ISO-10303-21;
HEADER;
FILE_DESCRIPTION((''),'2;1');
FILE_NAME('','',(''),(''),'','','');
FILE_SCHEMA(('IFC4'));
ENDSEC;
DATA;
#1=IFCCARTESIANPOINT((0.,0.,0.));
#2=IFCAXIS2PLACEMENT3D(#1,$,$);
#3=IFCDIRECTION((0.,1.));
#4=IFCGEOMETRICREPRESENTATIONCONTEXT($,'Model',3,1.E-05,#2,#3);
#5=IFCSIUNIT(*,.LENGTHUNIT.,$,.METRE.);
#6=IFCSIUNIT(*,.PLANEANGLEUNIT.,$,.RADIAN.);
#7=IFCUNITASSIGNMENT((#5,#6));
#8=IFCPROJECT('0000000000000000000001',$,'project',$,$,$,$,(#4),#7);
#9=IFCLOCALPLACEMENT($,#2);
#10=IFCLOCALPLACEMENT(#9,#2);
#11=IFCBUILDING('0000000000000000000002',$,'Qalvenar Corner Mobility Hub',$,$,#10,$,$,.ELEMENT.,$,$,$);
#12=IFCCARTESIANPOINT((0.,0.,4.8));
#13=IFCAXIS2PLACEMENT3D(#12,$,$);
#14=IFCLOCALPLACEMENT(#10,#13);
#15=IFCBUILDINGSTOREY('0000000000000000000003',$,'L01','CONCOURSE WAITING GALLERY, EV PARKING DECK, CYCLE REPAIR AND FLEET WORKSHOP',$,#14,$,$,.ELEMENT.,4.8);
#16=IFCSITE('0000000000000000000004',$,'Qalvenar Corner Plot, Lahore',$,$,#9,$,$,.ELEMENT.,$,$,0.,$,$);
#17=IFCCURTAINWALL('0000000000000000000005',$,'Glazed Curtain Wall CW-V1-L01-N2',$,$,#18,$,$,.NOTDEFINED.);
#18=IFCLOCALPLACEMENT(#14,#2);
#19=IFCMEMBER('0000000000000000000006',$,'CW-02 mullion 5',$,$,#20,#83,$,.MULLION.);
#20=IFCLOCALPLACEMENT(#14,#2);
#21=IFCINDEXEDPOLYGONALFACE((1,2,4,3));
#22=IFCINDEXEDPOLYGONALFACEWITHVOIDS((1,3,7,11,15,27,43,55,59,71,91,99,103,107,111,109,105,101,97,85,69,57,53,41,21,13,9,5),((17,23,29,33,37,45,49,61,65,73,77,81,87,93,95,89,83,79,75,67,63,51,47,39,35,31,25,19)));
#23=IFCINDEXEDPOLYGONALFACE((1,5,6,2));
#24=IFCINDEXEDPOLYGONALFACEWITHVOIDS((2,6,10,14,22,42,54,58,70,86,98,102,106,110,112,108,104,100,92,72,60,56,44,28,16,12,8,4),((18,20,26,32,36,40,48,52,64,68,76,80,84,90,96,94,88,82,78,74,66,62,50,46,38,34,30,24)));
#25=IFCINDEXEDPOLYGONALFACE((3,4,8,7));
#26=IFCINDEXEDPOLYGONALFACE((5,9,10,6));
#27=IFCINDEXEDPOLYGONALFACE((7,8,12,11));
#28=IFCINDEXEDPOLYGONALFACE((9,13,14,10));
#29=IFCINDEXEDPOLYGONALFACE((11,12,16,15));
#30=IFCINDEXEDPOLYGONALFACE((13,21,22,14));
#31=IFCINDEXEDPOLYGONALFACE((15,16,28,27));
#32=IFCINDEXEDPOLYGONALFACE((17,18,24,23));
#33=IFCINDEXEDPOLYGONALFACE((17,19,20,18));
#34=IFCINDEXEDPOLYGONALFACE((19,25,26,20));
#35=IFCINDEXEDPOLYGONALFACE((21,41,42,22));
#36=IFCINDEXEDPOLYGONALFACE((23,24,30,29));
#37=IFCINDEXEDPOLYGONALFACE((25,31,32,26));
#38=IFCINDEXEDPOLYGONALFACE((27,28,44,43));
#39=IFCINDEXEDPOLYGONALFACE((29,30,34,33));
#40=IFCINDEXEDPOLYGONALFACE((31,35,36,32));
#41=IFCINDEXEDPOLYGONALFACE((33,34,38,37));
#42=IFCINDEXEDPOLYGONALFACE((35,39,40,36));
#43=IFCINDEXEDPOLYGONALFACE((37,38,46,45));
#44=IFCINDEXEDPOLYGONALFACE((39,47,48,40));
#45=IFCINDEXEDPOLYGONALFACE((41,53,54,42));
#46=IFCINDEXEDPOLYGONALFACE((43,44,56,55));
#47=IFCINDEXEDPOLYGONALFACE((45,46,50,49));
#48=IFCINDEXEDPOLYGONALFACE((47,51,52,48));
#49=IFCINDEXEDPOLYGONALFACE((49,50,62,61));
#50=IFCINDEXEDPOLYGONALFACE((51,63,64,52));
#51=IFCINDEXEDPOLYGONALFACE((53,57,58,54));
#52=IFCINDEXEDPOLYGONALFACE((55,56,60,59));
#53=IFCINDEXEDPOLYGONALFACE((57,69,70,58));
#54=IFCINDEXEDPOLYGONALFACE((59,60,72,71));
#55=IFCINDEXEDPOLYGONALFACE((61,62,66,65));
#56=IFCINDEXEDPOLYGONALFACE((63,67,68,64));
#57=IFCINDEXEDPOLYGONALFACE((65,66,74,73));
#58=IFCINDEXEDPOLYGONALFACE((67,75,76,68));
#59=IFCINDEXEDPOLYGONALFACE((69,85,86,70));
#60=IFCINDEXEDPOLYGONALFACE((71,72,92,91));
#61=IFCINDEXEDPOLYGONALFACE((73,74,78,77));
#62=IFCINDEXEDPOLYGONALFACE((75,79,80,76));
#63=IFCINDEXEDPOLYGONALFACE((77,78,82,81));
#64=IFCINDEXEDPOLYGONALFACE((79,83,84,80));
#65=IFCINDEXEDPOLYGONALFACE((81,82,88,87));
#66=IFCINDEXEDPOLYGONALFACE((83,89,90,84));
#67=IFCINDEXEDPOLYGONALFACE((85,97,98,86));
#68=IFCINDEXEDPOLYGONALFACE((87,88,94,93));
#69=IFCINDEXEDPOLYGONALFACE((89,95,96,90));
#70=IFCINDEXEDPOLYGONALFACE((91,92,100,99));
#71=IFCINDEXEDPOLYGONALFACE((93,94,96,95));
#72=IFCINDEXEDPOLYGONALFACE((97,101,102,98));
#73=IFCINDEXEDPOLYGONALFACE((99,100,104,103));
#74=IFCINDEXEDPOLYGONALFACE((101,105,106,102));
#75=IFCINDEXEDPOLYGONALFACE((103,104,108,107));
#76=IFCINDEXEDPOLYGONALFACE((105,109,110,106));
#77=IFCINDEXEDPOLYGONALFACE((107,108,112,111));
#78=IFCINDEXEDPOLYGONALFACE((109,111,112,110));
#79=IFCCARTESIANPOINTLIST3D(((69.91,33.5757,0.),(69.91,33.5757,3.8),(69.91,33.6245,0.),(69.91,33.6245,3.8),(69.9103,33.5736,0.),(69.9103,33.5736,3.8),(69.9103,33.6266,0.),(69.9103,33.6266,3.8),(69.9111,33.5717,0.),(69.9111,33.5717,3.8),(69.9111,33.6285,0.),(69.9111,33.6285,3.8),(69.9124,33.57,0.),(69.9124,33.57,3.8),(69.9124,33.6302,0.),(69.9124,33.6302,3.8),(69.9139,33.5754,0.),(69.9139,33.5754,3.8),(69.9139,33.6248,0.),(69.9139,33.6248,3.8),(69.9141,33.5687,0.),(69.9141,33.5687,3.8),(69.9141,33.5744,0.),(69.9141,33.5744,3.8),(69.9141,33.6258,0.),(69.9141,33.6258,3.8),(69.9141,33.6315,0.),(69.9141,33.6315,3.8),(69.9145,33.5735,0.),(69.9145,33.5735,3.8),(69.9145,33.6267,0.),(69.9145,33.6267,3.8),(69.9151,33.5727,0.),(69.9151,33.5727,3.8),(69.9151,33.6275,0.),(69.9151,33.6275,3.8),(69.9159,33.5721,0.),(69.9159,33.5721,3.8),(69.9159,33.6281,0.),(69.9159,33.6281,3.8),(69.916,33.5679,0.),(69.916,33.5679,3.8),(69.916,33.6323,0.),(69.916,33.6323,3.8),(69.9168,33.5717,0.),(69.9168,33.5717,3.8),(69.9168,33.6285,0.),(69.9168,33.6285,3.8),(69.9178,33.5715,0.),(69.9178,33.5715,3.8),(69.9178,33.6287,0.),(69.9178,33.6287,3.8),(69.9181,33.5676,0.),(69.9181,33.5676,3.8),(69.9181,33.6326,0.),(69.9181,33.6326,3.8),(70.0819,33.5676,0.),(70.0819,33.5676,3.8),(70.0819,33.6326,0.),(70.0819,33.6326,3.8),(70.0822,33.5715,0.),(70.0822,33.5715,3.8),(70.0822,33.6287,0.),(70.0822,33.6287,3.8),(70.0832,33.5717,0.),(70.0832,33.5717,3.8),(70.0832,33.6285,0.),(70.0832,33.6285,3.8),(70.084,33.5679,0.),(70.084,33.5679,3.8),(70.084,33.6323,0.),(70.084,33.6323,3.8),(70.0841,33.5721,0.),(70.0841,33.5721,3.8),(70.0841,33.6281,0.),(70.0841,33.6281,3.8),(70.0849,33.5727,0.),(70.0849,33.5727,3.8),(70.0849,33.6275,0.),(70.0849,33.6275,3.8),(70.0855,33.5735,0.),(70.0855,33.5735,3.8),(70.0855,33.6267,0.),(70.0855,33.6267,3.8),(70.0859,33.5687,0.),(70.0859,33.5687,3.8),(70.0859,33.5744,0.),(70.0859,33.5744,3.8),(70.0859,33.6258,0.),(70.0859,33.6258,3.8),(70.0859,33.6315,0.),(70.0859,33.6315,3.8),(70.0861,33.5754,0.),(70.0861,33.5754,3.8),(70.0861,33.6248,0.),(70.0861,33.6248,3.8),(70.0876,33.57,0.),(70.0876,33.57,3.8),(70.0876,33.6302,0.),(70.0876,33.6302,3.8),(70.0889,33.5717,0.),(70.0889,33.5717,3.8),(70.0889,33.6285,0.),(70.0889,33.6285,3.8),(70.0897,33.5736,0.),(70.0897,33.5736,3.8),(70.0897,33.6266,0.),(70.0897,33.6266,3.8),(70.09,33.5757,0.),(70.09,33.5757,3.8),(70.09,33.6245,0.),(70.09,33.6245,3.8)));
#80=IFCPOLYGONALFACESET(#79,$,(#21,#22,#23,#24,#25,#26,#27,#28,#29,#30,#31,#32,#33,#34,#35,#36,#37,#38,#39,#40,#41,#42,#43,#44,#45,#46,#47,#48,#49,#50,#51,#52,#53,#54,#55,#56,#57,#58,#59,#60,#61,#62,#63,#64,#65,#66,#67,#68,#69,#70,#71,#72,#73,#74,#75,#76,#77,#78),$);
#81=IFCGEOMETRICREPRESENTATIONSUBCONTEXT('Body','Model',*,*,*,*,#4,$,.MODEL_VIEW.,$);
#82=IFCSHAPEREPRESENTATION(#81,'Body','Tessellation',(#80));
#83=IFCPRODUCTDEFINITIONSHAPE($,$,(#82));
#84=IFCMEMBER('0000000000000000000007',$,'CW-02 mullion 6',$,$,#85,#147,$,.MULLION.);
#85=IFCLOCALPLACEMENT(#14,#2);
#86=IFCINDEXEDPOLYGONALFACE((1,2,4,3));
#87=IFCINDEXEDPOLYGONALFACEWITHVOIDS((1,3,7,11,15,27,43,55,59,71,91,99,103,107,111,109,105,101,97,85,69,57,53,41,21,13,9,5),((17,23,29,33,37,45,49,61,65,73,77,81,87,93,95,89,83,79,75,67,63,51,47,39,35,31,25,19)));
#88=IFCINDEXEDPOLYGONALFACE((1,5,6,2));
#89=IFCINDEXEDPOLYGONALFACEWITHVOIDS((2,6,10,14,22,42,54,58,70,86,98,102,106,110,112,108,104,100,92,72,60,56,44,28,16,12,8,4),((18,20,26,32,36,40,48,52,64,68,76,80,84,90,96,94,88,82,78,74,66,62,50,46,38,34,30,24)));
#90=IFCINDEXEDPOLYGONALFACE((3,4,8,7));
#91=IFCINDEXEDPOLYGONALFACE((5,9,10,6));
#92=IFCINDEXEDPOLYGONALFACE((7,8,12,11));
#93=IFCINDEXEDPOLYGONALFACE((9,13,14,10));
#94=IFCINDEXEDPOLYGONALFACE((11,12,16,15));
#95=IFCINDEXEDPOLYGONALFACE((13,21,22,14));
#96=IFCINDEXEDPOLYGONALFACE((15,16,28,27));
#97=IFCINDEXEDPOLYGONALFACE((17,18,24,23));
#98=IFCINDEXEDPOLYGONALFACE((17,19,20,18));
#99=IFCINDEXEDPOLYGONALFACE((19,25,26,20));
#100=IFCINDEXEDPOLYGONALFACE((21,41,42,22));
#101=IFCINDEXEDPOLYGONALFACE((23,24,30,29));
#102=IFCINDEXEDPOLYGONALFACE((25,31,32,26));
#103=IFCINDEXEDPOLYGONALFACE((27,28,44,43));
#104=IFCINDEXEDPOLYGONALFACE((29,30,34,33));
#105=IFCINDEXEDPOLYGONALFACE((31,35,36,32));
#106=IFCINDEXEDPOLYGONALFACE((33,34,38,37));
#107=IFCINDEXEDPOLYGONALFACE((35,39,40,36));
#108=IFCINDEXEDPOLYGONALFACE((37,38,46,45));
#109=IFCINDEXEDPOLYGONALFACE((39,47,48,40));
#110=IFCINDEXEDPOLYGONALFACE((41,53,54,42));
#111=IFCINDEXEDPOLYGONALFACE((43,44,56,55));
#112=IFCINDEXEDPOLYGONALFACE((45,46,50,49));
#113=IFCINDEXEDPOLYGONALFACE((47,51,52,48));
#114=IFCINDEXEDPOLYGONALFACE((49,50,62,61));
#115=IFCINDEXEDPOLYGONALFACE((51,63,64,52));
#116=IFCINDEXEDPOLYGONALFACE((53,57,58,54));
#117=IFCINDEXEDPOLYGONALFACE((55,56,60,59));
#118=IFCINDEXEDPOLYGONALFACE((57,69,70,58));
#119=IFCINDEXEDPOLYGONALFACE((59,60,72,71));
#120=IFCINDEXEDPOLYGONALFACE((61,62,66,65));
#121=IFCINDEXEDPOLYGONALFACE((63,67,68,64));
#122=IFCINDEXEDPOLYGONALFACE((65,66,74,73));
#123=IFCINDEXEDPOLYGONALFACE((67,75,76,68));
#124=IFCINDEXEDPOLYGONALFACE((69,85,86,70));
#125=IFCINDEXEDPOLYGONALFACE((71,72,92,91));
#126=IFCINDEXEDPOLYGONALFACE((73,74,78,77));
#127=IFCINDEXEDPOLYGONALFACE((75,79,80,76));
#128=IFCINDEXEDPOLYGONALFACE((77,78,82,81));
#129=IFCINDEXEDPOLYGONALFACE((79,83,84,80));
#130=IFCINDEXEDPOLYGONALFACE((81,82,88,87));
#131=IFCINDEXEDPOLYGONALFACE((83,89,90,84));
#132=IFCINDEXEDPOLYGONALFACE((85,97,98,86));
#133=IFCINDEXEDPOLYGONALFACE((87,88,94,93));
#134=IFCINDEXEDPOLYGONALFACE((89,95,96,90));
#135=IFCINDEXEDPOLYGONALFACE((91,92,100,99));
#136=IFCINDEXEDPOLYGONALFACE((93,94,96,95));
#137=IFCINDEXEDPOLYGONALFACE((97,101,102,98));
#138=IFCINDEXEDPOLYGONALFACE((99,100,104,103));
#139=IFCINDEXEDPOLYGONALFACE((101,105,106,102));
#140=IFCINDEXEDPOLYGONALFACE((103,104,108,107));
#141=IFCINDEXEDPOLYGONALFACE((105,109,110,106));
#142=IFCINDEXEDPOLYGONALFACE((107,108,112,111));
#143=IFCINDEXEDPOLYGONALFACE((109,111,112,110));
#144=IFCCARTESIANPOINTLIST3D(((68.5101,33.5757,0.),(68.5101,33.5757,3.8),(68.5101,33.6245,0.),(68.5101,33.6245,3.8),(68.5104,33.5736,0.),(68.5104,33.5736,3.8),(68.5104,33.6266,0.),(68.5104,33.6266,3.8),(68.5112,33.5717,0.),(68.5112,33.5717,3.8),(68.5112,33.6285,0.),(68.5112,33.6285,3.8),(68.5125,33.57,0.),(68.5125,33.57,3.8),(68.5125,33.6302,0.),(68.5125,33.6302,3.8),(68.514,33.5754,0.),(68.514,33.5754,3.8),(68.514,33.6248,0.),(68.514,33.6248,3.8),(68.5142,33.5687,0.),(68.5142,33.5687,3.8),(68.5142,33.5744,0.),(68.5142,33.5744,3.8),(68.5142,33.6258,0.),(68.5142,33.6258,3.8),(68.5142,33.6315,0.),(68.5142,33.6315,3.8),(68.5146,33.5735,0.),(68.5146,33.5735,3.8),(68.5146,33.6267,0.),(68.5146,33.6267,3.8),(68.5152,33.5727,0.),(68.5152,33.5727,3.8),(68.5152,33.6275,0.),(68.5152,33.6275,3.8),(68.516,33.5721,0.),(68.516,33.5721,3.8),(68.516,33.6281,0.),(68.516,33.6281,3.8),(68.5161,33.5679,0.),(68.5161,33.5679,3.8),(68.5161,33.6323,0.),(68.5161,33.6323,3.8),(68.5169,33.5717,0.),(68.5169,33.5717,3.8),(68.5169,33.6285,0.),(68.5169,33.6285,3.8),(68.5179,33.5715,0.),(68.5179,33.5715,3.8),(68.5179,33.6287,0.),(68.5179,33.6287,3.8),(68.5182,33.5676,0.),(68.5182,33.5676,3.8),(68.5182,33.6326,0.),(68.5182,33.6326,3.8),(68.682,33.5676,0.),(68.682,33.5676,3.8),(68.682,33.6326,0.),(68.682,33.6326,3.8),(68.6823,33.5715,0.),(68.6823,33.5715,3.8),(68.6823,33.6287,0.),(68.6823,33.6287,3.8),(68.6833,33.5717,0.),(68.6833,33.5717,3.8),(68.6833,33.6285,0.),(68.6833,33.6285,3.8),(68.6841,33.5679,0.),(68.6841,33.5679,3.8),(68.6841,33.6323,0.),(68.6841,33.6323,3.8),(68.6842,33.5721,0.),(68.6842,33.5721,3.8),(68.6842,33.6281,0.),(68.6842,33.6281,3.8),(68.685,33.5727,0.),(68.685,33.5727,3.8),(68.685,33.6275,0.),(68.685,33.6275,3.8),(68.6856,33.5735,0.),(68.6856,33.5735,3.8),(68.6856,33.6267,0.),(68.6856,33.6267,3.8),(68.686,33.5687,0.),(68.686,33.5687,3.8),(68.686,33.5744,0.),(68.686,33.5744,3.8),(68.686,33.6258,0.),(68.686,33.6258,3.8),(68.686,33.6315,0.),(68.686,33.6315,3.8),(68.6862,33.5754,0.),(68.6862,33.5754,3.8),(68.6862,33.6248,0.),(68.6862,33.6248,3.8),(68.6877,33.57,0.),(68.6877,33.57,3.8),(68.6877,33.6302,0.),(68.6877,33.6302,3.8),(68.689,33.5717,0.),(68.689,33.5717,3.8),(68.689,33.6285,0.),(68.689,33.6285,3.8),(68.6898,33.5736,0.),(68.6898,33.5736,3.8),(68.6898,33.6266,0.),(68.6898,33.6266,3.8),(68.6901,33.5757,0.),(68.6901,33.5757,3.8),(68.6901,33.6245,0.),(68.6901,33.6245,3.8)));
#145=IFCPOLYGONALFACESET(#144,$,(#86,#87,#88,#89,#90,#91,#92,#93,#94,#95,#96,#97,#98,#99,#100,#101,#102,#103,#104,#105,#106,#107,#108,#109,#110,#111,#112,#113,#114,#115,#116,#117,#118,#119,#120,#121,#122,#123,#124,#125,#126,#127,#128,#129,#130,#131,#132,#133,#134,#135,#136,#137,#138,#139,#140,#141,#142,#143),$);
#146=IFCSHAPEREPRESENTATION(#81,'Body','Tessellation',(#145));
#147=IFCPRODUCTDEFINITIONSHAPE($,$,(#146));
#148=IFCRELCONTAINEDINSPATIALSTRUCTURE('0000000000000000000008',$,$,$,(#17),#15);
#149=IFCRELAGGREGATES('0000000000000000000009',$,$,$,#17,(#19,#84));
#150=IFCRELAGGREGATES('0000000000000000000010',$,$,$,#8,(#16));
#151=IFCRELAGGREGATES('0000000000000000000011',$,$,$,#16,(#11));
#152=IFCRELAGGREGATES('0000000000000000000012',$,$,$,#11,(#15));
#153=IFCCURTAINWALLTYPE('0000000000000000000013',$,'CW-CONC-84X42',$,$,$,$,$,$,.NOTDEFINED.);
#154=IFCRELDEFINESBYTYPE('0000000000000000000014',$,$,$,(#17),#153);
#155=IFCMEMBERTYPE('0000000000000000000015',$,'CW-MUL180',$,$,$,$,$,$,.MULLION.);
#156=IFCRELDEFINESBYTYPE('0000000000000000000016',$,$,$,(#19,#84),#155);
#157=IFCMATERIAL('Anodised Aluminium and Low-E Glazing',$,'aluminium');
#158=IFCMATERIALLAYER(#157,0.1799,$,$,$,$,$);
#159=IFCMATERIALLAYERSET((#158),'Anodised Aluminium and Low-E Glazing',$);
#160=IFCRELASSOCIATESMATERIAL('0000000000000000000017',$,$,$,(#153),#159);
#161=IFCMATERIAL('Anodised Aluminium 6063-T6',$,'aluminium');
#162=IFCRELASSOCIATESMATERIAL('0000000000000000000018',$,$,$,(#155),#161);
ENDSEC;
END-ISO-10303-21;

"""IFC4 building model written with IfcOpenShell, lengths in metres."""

from ifc_helpers import new_model, si_unit, direction, frame, origin, origin_2d, place, context, subcontext, project, spatial, hollow_rectangle, extrude, material, layer, layer_set, material_profile, profile_set, type_object, element, aggregate, save


model = new_model("IFC4")

# Units and contexts
model_context = context("Model", 3, precision=1e-05, world=origin(), true_north=direction((0.0, 1.0)))
body_context = subcontext(model_context, "Body", "Model", "MODEL_VIEW")
ifc_project = project(units=[si_unit("LENGTHUNIT", "METRE"), si_unit("PLANEANGLEUNIT", "RADIAN")], contexts=[model_context])

# Site, building, storey
site_placement = place(None, origin())
site = spatial("IfcSite", under=ifc_project, at=site_placement, Name="Qalvenar Corner Plot, Lahore", CompositionType="ELEMENT", RefElevation=0.0)
building_placement = place(site_placement, origin())
building = spatial("IfcBuilding", under=site, at=building_placement, Name="Qalvenar Corner Mobility Hub", CompositionType="ELEMENT")
storey_placement = place(building_placement, frame((0.0, 0.0, 4.8)))
storey = spatial("IfcBuildingStorey", under=building, at=storey_placement, Name="L01", Description="CONCOURSE WAITING GALLERY, EV PARKING DECK, CYCLE REPAIR AND FLEET WORKSHOP", CompositionType="ELEMENT", Elevation=4.8)

# Shared definitions
ifc_material_1 = material(Name="Anodised Aluminium and Low-E Glazing", Category="aluminium")
ifc_layer_1 = layer(ifc_material_1, 0.1799)
ifc_layer_set_1 = layer_set([ifc_layer_1], Name="Anodised Aluminium and Low-E Glazing")
curtain_wall_type = type_object("IfcCurtainWallType", Name="CW-CONC-84X42", PredefinedType="NOTDEFINED", material=ifc_layer_set_1)
ifc_material_2 = material(Name="Anodised Aluminium 6063-T6", Category="aluminium")
ifc_material_profile_1 = material_profile(ifc_material_2, hollow_rectangle(XDim=0.0649, YDim=0.1799, WallThickness=0.0039, InnerFilletRadius=0.0039, OuterFilletRadius=0.0081, at=origin_2d()), Name="RHS180x65x4")
ifc_profile_set_1 = profile_set([ifc_material_profile_1], Name="Anodised Aluminium 6063-T6")
member_type_1 = type_object("IfcMemberType", Name="CW-MUL180", PredefinedType="MULLION", material=ifc_profile_set_1)

# Curtain wall, members
curtain_wall_1_placement = place(storey_placement, origin())
curtain_wall_1 = element("IfcCurtainWall", 1, at=curtain_wall_1_placement, inside=storey, type_object=curtain_wall_type, Name="Glazed Curtain Wall CW-V1-L01-N2", PredefinedType="NOTDEFINED")
member_1_placement = place(storey_placement, frame((70.0, 33.6001, 0.0), z_axis=(0.0, 0.0, 1.0), x_axis=(0.0, -1.0, 0.0)))
member_1 = element("IfcMember", 2, at=member_1_placement, type_object=member_type_1, Name="CW-02 mullion 5", PredefinedType="MULLION", context=body_context, shape_type="SweptSolid", body=[
    extrude(hollow_rectangle(XDim=0.0649, YDim=0.1799, WallThickness=0.0039, InnerFilletRadius=0.0039, OuterFilletRadius=0.0081, at=origin_2d()), origin(), (0.0, 0.0, 1.0), 3.8),
])
member_2_placement = place(storey_placement, frame((68.6001, 33.6001, 0.0), z_axis=(0.0, 0.0, 1.0), x_axis=(0.0, -1.0, 0.0)))
member_2 = element("IfcMember", 3, at=member_2_placement, type_object=member_type_1, Name="CW-02 mullion 6", PredefinedType="MULLION", context=body_context, shape_type="SweptSolid", body=[
    extrude(hollow_rectangle(XDim=0.0649, YDim=0.1799, WallThickness=0.0039, InnerFilletRadius=0.0039, OuterFilletRadius=0.0081, at=origin_2d()), origin(), (0.0, 0.0, 1.0), 3.8),
])

aggregate(curtain_wall_1, [member_1, member_2])

save(model, "model.ifc")
